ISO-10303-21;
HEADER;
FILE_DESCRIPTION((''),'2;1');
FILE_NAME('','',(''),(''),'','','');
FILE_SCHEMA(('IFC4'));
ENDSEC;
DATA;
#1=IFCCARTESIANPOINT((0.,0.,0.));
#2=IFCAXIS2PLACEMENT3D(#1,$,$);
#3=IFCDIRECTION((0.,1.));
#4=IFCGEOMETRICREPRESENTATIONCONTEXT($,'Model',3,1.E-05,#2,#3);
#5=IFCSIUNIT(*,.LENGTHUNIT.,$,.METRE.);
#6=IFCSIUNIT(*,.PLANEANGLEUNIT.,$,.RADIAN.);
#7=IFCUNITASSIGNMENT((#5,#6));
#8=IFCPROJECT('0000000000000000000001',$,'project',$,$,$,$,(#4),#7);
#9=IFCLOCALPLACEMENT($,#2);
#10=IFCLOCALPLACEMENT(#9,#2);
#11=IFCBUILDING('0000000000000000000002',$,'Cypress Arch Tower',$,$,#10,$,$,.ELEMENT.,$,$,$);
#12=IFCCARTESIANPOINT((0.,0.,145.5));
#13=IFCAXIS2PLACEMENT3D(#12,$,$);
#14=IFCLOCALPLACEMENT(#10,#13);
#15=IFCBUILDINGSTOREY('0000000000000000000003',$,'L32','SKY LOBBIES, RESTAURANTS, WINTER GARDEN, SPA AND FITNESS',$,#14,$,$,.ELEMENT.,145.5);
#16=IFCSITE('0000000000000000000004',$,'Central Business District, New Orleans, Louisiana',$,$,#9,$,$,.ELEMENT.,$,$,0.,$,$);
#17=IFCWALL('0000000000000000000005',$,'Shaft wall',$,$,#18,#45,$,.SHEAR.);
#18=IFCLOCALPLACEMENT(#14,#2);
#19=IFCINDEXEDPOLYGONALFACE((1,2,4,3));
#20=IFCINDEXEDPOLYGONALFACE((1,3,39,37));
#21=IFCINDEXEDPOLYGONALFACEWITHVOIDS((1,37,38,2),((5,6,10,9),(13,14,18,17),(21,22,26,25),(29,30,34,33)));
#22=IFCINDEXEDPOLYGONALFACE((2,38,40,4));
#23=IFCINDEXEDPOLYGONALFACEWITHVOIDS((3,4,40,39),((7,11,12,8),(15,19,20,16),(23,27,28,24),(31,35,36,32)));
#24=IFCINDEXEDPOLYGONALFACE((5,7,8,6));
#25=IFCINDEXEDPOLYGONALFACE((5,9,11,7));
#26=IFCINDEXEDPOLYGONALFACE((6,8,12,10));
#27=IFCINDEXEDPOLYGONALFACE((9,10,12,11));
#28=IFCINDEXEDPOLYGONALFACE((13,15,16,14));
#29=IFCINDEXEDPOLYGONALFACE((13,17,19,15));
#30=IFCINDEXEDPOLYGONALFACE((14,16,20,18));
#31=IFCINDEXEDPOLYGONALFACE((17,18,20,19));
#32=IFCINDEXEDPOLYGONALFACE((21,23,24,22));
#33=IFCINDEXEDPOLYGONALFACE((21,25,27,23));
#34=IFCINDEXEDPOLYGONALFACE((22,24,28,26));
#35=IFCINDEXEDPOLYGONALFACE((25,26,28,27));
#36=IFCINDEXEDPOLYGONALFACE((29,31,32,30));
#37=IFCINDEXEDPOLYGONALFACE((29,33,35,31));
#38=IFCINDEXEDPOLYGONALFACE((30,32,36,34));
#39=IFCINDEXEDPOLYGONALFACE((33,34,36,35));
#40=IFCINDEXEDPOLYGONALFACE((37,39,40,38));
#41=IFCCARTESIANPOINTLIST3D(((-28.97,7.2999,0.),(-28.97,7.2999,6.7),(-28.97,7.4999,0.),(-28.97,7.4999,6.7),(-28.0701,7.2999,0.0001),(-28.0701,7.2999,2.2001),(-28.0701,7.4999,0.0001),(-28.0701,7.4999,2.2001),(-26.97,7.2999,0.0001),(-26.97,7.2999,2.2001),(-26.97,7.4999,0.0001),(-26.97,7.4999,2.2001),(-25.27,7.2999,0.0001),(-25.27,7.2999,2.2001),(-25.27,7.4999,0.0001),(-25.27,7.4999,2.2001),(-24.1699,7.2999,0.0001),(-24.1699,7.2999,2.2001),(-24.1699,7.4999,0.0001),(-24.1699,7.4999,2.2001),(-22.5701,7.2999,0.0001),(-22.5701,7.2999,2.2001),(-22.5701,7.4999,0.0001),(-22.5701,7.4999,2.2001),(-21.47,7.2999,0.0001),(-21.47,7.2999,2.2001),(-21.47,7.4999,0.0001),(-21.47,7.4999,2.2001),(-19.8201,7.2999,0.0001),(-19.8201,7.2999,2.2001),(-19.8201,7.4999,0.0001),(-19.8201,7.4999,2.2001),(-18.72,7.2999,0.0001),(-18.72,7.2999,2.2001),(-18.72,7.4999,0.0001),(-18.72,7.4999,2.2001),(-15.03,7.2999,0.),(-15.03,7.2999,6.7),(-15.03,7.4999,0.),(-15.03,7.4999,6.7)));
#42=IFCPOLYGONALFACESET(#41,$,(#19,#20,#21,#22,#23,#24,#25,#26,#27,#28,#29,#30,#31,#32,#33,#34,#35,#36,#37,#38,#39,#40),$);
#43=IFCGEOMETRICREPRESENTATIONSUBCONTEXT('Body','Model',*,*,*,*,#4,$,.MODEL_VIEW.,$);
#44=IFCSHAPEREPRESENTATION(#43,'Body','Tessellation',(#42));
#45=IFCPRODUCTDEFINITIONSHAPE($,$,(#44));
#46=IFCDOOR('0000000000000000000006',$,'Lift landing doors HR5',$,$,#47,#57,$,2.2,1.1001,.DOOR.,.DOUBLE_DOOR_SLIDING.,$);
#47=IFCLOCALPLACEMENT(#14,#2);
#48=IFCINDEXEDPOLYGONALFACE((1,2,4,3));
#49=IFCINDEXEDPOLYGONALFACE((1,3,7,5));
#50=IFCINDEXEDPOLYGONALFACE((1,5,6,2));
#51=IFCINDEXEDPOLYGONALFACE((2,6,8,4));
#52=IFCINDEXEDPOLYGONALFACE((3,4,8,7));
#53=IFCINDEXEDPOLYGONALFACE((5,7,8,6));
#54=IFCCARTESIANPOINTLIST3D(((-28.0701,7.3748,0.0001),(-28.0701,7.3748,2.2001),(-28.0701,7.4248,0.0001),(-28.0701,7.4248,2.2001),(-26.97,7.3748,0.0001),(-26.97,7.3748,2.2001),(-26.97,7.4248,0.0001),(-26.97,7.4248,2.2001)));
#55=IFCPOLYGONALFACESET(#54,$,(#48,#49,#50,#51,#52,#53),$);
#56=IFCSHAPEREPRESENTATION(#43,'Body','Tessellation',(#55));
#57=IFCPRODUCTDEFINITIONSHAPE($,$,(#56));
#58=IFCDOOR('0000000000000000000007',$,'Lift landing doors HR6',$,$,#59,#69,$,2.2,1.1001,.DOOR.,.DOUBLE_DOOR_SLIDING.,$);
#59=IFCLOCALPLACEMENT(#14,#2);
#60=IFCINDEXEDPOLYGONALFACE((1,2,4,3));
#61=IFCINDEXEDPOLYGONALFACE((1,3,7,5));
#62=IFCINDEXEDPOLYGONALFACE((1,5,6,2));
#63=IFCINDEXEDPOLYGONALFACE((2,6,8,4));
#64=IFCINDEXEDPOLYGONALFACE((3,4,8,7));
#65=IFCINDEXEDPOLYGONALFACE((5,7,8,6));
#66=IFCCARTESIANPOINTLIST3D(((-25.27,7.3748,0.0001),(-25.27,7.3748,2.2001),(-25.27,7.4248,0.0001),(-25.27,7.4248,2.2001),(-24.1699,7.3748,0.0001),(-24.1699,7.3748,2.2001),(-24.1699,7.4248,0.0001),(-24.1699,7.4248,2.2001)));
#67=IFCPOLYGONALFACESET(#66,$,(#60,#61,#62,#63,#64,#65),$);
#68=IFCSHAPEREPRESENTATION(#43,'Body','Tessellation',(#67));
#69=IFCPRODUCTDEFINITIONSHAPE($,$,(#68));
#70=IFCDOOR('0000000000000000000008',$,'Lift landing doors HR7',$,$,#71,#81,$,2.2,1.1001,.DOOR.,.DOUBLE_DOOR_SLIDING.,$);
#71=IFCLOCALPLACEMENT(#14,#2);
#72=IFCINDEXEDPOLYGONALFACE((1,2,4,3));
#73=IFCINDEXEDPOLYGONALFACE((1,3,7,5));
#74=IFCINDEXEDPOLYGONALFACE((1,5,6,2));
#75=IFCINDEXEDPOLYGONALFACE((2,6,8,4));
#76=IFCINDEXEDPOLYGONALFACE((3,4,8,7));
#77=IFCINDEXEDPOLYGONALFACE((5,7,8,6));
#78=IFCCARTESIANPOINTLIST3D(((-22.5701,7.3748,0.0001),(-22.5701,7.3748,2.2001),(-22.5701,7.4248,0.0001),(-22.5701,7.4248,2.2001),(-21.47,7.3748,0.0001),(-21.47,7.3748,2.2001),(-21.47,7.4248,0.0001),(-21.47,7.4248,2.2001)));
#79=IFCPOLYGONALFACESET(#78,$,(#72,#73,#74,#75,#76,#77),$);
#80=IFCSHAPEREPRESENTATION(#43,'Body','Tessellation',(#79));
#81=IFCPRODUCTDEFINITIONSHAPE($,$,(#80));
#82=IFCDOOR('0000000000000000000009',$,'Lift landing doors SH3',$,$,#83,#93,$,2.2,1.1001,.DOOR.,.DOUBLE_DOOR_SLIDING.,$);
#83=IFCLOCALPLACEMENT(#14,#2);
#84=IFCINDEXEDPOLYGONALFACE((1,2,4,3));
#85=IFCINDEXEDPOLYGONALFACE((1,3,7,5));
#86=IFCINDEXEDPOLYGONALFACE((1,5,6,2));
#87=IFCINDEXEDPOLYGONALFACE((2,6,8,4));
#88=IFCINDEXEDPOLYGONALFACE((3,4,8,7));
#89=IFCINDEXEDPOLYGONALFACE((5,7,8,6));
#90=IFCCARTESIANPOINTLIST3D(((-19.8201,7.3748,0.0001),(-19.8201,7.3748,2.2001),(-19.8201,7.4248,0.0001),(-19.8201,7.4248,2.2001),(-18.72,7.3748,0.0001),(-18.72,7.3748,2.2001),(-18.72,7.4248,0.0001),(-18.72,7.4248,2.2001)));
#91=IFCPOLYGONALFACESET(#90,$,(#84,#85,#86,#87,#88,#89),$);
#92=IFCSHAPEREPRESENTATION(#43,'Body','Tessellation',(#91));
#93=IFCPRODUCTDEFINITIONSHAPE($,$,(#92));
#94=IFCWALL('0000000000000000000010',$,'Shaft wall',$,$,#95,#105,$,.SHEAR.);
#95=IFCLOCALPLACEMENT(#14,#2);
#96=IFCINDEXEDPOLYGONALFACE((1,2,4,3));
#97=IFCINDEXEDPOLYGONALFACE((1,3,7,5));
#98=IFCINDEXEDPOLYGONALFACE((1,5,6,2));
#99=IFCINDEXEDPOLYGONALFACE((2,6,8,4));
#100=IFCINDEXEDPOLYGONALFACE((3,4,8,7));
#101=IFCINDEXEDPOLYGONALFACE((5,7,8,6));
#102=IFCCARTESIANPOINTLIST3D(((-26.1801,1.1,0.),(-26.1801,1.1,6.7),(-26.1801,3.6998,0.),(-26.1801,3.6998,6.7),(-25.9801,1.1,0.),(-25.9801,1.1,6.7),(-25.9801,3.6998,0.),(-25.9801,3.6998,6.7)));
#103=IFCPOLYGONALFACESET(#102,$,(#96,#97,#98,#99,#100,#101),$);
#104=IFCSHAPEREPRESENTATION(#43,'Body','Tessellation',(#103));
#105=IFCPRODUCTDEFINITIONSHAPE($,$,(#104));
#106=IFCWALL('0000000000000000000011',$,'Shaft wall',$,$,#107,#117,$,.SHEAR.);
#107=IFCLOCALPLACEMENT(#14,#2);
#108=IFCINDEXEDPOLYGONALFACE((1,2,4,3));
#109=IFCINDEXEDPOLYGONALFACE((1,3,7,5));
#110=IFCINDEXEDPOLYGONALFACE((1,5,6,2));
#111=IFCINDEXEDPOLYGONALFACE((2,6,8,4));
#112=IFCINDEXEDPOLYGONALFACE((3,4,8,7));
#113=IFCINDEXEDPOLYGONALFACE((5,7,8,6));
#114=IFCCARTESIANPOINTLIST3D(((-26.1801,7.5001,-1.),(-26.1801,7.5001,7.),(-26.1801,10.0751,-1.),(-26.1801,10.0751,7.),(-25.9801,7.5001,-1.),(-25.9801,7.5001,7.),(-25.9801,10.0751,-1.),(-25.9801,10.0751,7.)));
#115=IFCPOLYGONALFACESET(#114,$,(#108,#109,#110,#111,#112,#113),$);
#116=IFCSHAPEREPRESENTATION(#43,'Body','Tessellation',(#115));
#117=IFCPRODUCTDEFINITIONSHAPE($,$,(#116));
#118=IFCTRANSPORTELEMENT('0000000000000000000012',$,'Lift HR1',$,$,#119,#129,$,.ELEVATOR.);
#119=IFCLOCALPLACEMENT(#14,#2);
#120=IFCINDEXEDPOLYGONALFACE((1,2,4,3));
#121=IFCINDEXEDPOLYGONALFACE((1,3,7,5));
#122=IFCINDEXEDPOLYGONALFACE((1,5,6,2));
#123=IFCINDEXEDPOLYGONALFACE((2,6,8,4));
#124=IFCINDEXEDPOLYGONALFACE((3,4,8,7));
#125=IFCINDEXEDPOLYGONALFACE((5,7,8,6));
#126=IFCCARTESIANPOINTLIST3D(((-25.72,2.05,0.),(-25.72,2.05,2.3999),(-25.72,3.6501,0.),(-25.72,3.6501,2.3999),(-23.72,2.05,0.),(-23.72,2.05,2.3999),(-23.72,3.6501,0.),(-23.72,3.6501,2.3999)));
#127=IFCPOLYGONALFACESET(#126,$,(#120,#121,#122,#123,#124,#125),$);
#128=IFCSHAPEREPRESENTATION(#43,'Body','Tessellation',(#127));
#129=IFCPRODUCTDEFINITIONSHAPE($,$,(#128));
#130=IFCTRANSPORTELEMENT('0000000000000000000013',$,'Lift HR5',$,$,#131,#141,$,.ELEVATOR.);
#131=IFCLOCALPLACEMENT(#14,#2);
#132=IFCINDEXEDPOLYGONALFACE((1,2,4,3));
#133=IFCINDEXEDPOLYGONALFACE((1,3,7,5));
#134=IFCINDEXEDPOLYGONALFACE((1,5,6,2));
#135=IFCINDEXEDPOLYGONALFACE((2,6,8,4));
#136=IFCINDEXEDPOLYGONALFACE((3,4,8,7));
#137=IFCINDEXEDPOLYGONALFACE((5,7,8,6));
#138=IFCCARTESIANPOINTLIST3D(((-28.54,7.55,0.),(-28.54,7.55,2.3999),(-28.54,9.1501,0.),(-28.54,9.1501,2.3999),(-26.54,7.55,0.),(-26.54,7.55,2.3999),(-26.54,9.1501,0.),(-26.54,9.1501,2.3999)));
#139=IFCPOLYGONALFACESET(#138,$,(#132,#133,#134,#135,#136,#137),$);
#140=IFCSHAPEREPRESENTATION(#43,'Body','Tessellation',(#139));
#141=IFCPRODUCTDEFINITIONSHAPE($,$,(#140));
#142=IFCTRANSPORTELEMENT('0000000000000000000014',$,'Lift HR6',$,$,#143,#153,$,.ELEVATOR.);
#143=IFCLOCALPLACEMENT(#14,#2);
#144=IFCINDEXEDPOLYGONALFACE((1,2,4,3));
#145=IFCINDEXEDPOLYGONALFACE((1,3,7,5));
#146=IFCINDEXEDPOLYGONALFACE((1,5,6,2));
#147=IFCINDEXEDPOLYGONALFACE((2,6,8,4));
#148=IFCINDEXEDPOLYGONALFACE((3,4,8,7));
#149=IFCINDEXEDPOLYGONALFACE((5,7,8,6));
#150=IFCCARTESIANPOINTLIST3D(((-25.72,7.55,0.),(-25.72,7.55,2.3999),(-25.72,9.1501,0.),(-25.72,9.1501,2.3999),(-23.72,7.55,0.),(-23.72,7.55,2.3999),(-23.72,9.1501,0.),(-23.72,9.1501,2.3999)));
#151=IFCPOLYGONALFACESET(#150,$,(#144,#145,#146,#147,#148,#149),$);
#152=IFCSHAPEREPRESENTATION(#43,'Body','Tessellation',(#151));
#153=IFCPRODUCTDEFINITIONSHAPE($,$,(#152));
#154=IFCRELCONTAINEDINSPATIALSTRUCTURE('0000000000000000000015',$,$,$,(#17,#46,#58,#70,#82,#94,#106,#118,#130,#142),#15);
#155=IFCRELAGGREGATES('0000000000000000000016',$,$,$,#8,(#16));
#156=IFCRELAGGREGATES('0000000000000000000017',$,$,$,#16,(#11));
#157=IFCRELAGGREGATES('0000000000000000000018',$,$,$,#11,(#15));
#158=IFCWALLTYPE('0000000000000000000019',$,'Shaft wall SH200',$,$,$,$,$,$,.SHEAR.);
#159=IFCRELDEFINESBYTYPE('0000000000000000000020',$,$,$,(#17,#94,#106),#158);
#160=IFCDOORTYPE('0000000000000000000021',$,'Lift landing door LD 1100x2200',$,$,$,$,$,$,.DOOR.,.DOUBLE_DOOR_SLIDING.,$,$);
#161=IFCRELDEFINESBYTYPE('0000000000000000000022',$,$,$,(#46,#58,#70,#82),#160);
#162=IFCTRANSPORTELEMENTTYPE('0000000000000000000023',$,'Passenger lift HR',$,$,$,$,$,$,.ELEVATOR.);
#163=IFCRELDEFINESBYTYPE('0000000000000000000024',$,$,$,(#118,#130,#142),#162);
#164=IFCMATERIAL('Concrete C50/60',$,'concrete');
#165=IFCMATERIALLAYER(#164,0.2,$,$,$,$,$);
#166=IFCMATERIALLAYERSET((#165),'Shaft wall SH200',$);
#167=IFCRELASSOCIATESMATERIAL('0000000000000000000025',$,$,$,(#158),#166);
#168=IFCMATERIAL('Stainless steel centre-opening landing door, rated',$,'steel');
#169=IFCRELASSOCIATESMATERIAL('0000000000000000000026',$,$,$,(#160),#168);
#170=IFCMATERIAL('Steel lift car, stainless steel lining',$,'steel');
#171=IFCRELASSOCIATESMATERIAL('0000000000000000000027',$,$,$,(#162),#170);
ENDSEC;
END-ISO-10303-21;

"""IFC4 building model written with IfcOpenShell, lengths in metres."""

from ifc_helpers import new_model, si_unit, direction, frame, frame_2d, origin, origin_2d, place, context, subcontext, project, spatial, rectangle, extrude, material, layer, layer_set, type_object, element, fill, save


model = new_model("IFC4")

# Units and contexts
model_context = context("Model", 3, precision=1e-05, world=origin(), true_north=direction((0.0, 1.0)))
body_context = subcontext(model_context, "Body", "Model", "MODEL_VIEW")
ifc_project = project(units=[si_unit("LENGTHUNIT", "METRE"), si_unit("PLANEANGLEUNIT", "RADIAN")], contexts=[model_context])

# Site, building, storey
site_placement = place(None, origin())
site = spatial("IfcSite", under=ifc_project, at=site_placement, Name="Central Business District, New Orleans, Louisiana", CompositionType="ELEMENT", RefElevation=0.0)
building_placement = place(site_placement, origin())
building = spatial("IfcBuilding", under=site, at=building_placement, Name="Cypress Arch Tower", CompositionType="ELEMENT")
storey_placement = place(building_placement, frame((0.0, 0.0, 145.5)))
storey = spatial("IfcBuildingStorey", under=building, at=storey_placement, Name="L32", Description="SKY LOBBIES, RESTAURANTS, WINTER GARDEN, SPA AND FITNESS", CompositionType="ELEMENT", Elevation=145.5)

# Shared definitions
ifc_material_1 = material(Name="Concrete C50/60", Category="concrete")
ifc_layer_1 = layer(ifc_material_1, 0.2)
ifc_layer_set_1 = layer_set([ifc_layer_1], Name="Shaft wall SH200")
wall_type_1 = type_object("IfcWallType", Name="Shaft wall SH200", PredefinedType="SHEAR", material=ifc_layer_set_1)

# Wall, openings, doors
ifc_material_2 = material(Name="Stainless steel centre-opening landing door, rated", Category="steel")
door_type = type_object("IfcDoorType", Name="Lift landing door LD 1100x2200", OperationType="DOUBLE_DOOR_SLIDING", PredefinedType="DOOR", material=ifc_material_2)
wall_1_placement = place(storey_placement, frame((-28.97, 7.3999, 0.0), z_axis=(0.0, 0.0, 1.0), x_axis=(1.0, 0.0, 0.0)))
wall_1 = element("IfcWall", 1, at=wall_1_placement, inside=storey, type_object=wall_type_1, Name="Shaft wall", PredefinedType="SHEAR", context=body_context, shape_type="SweptSolid", body=[
    extrude(rectangle(XDim=13.9399, YDim=0.2, at=frame_2d((6.97, 0.0))), origin(), (0.0, 0.0, 1.0), 6.7),
])
opening_1_placement = place(wall_1_placement, frame((0.8999, 0.0, 0.0)))
opening_1 = element("IfcOpeningElement", 2, at=opening_1_placement, cuts=wall_1, PredefinedType="OPENING", context=body_context, shape_type="SweptSolid", body=[
    extrude(rectangle(XDim=1.1001, YDim=2.2, at=frame_2d((0.55, 1.1001))), frame((0.0, 0.1099, 0.0), z_axis=(0.0, -1.0, 0.0), x_axis=(1.0, 0.0, 0.0)), (0.0, 0.0, 1.0), 0.22),
])
opening_2_placement = place(wall_1_placement, frame((3.7, 0.0, 0.0)))
opening_2 = element("IfcOpeningElement", 3, at=opening_2_placement, cuts=wall_1, PredefinedType="OPENING", context=body_context, shape_type="SweptSolid", body=[
    extrude(rectangle(XDim=1.1001, YDim=2.2, at=frame_2d((0.55, 1.1001))), frame((0.0, 0.1099, 0.0), z_axis=(0.0, -1.0, 0.0), x_axis=(1.0, 0.0, 0.0)), (0.0, 0.0, 1.0), 0.22),
])
opening_3_placement = place(wall_1_placement, frame((6.3999, 0.0, 0.0)))
opening_3 = element("IfcOpeningElement", 4, at=opening_3_placement, cuts=wall_1, PredefinedType="OPENING", context=body_context, shape_type="SweptSolid", body=[
    extrude(rectangle(XDim=1.1001, YDim=2.2, at=frame_2d((0.55, 1.1001))), frame((0.0, 0.1099, 0.0), z_axis=(0.0, -1.0, 0.0), x_axis=(1.0, 0.0, 0.0)), (0.0, 0.0, 1.0), 0.22),
])
opening_4_placement = place(wall_1_placement, frame((9.1499, 0.0, 0.0)))
opening_4 = element("IfcOpeningElement", 5, at=opening_4_placement, cuts=wall_1, PredefinedType="OPENING", context=body_context, shape_type="SweptSolid", body=[
    extrude(rectangle(XDim=1.1001, YDim=2.2, at=frame_2d((0.55, 1.1001))), frame((0.0, 0.1099, 0.0), z_axis=(0.0, -1.0, 0.0), x_axis=(1.0, 0.0, 0.0)), (0.0, 0.0, 1.0), 0.22),
])
door_1_placement = place(opening_1_placement, origin())
door_1 = element("IfcDoor", 6, at=door_1_placement, inside=storey, type_object=door_type, Name="Lift landing doors HR5", OperationType="DOUBLE_DOOR_SLIDING", OverallHeight=2.2, OverallWidth=1.1001, PredefinedType="DOOR", context=body_context, shape_type="SweptSolid", body=[
    extrude(rectangle(XDim=1.1001, YDim=2.2, at=frame_2d((0.55, 1.1001))), frame((0.0, 0.0249, 0.0), z_axis=(0.0, -1.0, 0.0), x_axis=(1.0, 0.0, 0.0)), (0.0, 0.0, 1.0), 0.05),
])
fill(opening_1, door_1)
door_2_placement = place(opening_2_placement, origin())
door_2 = element("IfcDoor", 7, at=door_2_placement, inside=storey, type_object=door_type, Name="Lift landing doors HR6", OperationType="DOUBLE_DOOR_SLIDING", OverallHeight=2.2, OverallWidth=1.1001, PredefinedType="DOOR", context=body_context, shape_type="SweptSolid", body=[
    extrude(rectangle(XDim=1.1001, YDim=2.2, at=frame_2d((0.55, 1.1001))), frame((0.0, 0.0249, 0.0), z_axis=(0.0, -1.0, 0.0), x_axis=(1.0, 0.0, 0.0)), (0.0, 0.0, 1.0), 0.05),
])
fill(opening_2, door_2)
door_3_placement = place(opening_3_placement, origin())
door_3 = element("IfcDoor", 8, at=door_3_placement, inside=storey, type_object=door_type, Name="Lift landing doors HR7", OperationType="DOUBLE_DOOR_SLIDING", OverallHeight=2.2, OverallWidth=1.1001, PredefinedType="DOOR", context=body_context, shape_type="SweptSolid", body=[
    extrude(rectangle(XDim=1.1001, YDim=2.2, at=frame_2d((0.55, 1.1001))), frame((0.0, 0.0249, 0.0), z_axis=(0.0, -1.0, 0.0), x_axis=(1.0, 0.0, 0.0)), (0.0, 0.0, 1.0), 0.05),
])
fill(opening_3, door_3)
door_4_placement = place(opening_4_placement, origin())
door_4 = element("IfcDoor", 9, at=door_4_placement, inside=storey, type_object=door_type, Name="Lift landing doors SH3", OperationType="DOUBLE_DOOR_SLIDING", OverallHeight=2.2, OverallWidth=1.1001, PredefinedType="DOOR", context=body_context, shape_type="SweptSolid", body=[
    extrude(rectangle(XDim=1.1001, YDim=2.2, at=frame_2d((0.55, 1.1001))), frame((0.0, 0.0249, 0.0), z_axis=(0.0, -1.0, 0.0), x_axis=(1.0, 0.0, 0.0)), (0.0, 0.0, 1.0), 0.05),
])
fill(opening_4, door_4)

# Walls
wall_2_placement = place(storey_placement, frame((-26.0801, 1.1001, 0.0), z_axis=(0.0, 0.0, 1.0), x_axis=(0.0, 1.0, 0.0)))
element("IfcWall", 10, at=wall_2_placement, inside=storey, type_object=wall_type_1, Name="Shaft wall", PredefinedType="SHEAR", context=body_context, shape_type="SweptSolid", body=[
    extrude(rectangle(XDim=2.5999, YDim=0.2, at=frame_2d((1.2998, 0.0))), origin(), (0.0, 0.0, 1.0), 6.7),
])
wall_3_placement = place(storey_placement, frame((-26.0801, 7.5, -1.0), z_axis=(0.0, 0.0, 1.0), x_axis=(0.0, 1.0, 0.0)))
element("IfcWall", 11, at=wall_3_placement, inside=storey, type_object=wall_type_1, Name="Shaft wall", PredefinedType="SHEAR", context=body_context, shape_type="SweptSolid", body=[
    extrude(rectangle(XDim=2.575, YDim=0.2, at=frame_2d((1.2876, 0.0))), origin(), (0.0, 0.0, 1.0), 8.0),
])

# Transport elements
ifc_material_3 = material(Name="Steel lift car, stainless steel lining", Category="steel")
transport_element_type = type_object("IfcTransportElementType", Name="Passenger lift HR", PredefinedType="ELEVATOR", material=ifc_material_3)
for number, where, z_axis, x_axis, name in (
    (12, (-24.72, 2.8501, 0.0), (0.0, 0.0, 1.0), (1.0, 0.0, 0.0), "Lift HR1"),
    (13, (-27.54, 8.3501, 0.0), (0.0, 0.0, 1.0), (1.0, 0.0, 0.0), "Lift HR5"),
    (14, (-24.72, 8.3501, 0.0), (0.0, 0.0, 1.0), (1.0, 0.0, 0.0), "Lift HR6"),
):
    element("IfcTransportElement", number, at=place(storey_placement, frame(where, z_axis=z_axis, x_axis=x_axis)), inside=storey, type_object=transport_element_type, Name=name, PredefinedType="ELEVATOR", context=body_context, shape_type="SweptSolid", body=[
        extrude(rectangle(XDim=2.0, YDim=1.6001, at=origin_2d()), origin(), (0.0, 0.0, 1.0), 2.3999),
    ])

save(model, "model.ifc")
